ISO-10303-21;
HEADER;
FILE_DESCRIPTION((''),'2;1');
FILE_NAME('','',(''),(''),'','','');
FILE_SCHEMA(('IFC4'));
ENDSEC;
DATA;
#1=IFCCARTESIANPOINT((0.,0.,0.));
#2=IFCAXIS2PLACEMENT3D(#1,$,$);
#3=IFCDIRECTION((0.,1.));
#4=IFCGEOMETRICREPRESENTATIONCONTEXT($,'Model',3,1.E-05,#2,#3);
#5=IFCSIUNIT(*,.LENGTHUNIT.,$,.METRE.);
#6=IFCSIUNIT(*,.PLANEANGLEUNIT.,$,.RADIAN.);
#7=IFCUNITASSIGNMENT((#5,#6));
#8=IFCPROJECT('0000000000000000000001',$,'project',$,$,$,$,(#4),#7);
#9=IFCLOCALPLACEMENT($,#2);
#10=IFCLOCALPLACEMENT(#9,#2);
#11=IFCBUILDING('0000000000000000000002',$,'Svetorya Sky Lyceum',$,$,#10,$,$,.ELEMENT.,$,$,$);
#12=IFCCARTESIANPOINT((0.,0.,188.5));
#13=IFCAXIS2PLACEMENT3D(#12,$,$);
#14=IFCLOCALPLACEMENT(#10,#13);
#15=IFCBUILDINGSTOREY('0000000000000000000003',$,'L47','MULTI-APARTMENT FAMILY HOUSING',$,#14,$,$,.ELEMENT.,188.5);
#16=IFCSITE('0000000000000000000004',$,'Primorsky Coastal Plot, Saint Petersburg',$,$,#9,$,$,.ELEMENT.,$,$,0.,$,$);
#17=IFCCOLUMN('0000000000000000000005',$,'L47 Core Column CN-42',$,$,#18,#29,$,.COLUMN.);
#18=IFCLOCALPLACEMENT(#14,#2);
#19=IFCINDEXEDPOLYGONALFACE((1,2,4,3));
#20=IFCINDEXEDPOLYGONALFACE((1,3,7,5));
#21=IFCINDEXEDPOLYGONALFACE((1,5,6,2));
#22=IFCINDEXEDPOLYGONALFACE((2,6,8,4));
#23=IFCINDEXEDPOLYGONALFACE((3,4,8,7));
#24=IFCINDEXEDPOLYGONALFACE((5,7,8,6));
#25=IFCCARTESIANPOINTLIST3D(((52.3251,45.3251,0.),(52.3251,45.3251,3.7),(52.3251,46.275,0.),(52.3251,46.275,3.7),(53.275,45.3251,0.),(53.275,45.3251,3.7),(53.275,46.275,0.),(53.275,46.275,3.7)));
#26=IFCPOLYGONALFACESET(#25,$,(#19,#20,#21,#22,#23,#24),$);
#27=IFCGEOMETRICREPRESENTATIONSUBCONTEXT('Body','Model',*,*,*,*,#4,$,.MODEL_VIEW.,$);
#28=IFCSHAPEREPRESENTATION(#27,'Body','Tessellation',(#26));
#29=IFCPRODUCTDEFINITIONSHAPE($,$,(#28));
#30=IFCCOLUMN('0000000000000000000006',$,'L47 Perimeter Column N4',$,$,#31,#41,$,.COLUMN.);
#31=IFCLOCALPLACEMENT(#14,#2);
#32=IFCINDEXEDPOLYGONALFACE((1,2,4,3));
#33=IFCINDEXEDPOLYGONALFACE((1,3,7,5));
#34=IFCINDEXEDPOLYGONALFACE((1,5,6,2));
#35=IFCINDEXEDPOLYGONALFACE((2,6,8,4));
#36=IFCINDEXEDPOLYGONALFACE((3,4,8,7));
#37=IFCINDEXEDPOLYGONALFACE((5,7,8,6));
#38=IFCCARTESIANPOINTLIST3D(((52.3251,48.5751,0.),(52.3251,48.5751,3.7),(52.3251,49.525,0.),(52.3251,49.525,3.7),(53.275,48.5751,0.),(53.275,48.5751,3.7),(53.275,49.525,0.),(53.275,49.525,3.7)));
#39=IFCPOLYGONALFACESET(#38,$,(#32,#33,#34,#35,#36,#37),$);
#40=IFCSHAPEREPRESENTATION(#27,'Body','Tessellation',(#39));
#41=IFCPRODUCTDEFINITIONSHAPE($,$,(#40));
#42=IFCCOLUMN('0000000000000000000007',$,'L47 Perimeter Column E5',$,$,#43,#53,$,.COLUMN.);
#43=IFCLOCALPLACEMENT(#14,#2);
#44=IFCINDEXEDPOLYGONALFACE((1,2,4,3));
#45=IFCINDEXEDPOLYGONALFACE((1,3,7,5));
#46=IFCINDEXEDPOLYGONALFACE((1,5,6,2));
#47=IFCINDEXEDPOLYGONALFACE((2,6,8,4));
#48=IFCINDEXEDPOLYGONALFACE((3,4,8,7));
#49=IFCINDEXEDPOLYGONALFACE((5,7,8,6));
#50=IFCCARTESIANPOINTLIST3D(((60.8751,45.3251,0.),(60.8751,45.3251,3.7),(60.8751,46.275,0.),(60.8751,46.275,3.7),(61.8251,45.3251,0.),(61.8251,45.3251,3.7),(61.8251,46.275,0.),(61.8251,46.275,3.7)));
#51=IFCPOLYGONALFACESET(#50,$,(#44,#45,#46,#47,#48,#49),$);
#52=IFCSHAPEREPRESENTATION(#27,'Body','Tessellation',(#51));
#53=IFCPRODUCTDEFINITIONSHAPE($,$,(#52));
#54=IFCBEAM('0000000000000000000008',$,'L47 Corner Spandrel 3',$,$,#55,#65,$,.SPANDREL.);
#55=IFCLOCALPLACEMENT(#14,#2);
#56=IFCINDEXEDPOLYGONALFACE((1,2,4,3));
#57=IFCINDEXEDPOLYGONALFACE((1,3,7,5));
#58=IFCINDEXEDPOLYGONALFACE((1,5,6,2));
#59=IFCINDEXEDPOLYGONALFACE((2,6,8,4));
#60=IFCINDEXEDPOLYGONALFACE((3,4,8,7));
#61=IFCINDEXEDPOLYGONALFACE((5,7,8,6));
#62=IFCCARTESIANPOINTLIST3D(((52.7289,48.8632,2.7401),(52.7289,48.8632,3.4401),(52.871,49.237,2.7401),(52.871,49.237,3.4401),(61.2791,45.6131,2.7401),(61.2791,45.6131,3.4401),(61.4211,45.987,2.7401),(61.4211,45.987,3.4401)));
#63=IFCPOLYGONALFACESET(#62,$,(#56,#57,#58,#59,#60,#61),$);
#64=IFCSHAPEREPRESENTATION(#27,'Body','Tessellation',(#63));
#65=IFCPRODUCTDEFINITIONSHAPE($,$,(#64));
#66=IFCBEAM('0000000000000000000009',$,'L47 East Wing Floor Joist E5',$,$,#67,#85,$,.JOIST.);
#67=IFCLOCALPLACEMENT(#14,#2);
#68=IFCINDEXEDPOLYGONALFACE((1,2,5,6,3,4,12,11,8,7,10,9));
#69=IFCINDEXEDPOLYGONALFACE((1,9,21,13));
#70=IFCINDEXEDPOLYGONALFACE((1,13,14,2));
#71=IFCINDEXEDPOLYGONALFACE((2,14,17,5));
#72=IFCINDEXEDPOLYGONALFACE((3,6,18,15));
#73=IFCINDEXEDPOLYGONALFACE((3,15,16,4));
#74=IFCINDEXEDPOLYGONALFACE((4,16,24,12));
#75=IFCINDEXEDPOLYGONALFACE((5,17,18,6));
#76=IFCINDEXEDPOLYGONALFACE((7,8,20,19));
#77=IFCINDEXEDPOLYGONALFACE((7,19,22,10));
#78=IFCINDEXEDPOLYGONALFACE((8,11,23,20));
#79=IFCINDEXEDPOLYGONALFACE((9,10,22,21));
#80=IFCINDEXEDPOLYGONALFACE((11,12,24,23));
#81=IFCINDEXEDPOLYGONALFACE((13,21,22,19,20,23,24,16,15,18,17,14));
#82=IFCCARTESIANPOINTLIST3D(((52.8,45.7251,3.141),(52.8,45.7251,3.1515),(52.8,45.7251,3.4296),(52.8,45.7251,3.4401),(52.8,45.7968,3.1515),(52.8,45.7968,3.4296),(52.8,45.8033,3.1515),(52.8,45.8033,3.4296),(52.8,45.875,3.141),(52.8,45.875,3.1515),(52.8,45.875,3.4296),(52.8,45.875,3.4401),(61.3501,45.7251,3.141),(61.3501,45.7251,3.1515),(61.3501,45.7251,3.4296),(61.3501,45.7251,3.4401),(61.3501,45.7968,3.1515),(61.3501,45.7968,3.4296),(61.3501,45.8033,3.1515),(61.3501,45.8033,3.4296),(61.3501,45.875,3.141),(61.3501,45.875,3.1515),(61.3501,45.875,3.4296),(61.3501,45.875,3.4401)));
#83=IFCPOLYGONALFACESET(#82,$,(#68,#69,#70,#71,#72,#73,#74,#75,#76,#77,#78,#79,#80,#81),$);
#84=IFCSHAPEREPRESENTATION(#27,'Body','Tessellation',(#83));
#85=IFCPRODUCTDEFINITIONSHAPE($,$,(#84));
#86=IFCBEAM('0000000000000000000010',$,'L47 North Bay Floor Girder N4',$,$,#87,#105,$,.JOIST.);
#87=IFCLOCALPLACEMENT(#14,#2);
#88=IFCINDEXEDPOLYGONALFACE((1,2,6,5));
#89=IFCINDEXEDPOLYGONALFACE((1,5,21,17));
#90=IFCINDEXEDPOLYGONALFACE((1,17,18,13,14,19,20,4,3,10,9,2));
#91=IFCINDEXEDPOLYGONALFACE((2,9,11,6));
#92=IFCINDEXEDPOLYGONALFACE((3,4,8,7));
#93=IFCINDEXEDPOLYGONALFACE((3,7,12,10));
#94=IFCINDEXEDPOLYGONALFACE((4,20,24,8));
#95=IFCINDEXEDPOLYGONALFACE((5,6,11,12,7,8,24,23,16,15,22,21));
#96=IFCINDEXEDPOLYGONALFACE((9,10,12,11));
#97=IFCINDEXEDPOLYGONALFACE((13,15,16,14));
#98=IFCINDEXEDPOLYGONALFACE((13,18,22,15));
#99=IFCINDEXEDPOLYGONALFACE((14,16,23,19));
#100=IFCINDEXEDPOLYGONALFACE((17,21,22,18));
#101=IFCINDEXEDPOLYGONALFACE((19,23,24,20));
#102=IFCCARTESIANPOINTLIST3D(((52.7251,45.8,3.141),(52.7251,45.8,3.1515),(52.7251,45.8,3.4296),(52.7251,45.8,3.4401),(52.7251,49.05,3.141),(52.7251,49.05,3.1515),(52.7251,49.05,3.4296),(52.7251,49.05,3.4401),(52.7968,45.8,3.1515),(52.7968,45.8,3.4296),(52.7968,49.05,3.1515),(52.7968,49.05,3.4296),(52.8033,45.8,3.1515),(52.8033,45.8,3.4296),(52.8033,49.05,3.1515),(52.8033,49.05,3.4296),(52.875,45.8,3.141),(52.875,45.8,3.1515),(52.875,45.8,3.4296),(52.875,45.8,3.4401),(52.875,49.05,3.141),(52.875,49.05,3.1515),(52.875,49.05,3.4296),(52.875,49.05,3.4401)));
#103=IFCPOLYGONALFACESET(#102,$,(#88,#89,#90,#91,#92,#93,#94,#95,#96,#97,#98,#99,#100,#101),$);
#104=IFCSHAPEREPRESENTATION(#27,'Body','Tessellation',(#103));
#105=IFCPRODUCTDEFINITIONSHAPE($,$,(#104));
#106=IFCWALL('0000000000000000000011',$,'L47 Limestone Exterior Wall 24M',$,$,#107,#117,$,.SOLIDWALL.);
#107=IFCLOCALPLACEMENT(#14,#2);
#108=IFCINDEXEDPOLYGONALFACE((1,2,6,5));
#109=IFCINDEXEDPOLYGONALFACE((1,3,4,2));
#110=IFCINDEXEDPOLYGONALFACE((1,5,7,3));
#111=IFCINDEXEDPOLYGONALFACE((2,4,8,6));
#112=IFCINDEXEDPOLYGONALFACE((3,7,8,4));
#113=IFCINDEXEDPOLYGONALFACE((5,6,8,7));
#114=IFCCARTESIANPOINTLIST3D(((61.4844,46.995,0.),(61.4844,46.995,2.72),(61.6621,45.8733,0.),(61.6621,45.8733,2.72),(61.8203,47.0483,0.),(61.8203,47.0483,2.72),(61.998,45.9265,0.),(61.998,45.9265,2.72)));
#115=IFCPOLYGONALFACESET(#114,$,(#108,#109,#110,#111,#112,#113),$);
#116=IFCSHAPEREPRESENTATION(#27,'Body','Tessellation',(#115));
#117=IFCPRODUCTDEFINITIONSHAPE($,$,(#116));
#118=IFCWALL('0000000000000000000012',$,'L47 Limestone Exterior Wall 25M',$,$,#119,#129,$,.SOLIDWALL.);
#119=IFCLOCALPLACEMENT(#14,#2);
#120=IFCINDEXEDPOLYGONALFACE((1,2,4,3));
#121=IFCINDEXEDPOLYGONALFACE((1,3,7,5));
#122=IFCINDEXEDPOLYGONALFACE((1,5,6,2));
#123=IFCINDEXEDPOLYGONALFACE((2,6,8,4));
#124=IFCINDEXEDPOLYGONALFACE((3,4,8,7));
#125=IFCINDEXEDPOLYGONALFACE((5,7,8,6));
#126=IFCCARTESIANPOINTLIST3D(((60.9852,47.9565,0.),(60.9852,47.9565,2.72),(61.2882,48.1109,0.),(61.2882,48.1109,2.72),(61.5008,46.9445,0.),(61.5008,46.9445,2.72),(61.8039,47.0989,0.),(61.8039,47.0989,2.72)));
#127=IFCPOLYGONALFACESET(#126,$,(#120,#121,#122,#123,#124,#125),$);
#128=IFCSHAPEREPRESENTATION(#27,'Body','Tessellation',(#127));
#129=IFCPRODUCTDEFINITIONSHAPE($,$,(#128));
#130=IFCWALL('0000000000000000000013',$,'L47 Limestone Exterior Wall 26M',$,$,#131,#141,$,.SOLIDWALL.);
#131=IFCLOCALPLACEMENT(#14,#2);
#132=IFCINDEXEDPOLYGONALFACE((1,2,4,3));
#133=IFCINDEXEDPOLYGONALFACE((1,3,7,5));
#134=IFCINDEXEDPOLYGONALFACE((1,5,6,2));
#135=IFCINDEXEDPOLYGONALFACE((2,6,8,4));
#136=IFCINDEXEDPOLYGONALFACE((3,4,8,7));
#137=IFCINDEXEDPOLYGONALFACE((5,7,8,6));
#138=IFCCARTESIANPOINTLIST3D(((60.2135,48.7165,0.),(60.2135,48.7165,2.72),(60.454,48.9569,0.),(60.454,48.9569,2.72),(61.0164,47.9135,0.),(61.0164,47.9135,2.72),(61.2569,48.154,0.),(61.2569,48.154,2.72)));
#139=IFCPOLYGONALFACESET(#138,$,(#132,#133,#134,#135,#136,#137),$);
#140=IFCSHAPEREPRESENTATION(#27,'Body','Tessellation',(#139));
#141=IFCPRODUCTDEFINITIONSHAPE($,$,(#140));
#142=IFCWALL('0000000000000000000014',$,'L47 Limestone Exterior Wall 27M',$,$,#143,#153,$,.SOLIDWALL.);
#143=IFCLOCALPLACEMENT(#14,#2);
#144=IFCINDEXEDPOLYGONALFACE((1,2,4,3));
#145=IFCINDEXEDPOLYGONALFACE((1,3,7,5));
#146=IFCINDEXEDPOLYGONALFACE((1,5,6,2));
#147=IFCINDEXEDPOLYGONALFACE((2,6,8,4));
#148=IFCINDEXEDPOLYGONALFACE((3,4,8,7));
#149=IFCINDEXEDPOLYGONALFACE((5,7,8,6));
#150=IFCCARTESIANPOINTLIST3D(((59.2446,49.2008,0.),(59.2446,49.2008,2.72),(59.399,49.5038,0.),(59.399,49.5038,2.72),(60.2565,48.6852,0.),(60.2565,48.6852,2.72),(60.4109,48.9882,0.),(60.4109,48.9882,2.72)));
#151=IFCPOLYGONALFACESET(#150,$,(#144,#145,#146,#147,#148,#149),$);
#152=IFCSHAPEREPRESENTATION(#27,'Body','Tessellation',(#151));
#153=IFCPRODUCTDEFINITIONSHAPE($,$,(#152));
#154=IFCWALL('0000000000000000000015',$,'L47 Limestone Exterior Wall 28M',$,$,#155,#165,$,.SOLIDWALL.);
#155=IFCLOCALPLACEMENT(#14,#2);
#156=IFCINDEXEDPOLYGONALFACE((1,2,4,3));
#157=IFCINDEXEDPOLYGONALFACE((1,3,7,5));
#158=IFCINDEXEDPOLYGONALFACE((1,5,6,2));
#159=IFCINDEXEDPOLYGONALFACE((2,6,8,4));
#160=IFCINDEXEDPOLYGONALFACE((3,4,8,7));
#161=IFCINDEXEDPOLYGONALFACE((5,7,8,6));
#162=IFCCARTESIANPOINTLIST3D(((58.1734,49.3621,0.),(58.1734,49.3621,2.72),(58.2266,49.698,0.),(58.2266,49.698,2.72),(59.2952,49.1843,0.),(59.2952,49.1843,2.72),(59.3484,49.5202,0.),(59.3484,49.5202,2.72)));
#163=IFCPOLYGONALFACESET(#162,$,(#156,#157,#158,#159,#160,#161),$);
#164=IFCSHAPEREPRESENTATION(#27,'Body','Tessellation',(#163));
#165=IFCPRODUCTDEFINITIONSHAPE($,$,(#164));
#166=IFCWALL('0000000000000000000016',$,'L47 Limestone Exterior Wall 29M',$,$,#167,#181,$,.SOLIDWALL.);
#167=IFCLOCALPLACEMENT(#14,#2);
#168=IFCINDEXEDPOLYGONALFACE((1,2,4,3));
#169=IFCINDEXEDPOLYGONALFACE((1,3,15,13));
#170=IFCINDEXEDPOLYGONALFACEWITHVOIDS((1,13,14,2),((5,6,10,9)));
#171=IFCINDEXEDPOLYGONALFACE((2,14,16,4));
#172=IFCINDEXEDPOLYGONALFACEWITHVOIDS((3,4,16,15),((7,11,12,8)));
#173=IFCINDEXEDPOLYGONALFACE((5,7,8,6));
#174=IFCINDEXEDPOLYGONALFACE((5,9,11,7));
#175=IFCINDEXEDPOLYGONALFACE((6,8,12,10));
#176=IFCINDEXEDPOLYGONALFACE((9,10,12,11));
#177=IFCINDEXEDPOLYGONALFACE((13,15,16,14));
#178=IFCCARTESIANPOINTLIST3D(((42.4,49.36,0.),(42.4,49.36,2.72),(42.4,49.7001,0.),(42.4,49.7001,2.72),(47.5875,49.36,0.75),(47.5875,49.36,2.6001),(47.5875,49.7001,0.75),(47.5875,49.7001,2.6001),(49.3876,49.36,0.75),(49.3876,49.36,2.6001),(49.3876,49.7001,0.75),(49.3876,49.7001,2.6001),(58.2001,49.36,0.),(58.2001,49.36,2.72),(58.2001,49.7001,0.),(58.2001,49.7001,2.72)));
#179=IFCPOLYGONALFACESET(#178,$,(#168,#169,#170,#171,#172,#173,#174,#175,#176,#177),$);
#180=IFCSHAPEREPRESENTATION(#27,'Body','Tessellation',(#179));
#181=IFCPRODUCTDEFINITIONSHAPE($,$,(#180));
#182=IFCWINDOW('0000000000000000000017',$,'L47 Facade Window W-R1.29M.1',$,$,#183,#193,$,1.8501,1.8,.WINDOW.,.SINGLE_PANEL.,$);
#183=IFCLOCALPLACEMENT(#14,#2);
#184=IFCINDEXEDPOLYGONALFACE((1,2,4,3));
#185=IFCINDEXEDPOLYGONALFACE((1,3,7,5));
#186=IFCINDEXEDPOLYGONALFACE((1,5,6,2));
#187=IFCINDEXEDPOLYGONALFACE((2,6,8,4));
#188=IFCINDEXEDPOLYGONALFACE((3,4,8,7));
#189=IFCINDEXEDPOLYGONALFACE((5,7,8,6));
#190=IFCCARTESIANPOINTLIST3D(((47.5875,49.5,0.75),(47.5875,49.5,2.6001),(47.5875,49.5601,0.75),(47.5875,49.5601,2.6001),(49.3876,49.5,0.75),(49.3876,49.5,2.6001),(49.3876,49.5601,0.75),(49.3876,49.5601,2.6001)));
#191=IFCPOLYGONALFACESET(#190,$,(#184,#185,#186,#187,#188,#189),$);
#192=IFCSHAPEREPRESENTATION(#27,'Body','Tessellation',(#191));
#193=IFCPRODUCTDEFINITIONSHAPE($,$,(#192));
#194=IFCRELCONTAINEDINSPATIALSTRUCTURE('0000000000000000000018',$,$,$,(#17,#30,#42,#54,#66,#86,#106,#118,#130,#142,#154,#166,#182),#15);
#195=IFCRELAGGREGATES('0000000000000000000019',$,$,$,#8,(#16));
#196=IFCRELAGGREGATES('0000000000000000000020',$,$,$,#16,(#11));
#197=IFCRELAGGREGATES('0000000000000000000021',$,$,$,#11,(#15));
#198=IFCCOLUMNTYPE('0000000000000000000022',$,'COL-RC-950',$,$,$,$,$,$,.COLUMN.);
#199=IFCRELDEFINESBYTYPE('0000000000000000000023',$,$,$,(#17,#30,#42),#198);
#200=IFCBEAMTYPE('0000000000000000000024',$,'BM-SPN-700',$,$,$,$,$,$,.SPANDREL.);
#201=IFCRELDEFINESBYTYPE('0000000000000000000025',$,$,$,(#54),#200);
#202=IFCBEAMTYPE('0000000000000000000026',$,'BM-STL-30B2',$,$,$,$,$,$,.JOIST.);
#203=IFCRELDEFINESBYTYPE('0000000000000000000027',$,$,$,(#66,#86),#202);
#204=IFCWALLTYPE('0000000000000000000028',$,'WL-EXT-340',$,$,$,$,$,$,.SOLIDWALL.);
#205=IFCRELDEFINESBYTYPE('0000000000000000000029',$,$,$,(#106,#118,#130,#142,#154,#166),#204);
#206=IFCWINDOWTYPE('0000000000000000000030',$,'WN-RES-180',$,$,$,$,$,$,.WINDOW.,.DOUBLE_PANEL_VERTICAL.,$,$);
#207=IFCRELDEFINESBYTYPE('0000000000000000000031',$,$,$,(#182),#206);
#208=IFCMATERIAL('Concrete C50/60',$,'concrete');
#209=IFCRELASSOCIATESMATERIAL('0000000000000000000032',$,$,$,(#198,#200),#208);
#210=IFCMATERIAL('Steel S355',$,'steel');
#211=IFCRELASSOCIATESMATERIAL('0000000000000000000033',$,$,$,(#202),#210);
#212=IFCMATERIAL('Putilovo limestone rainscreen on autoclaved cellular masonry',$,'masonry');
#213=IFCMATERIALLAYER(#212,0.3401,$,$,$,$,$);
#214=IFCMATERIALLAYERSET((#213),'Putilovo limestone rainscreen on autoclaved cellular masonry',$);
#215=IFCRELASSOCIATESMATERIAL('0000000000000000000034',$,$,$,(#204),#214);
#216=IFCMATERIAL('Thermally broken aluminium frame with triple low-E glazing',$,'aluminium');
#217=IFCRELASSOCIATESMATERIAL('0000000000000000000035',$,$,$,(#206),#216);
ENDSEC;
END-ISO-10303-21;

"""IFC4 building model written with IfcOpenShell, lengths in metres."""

from ifc_helpers import new_model, si_unit, direction, frame, frame_2d, origin, origin_2d, place, context, subcontext, project, spatial, rectangle, i_section, extrude, material, layer, layer_set, material_profile, profile_set, type_object, element, fill, save


model = new_model("IFC4")

# Units and contexts
model_context = context("Model", 3, precision=1e-05, world=origin(), true_north=direction((0.0, 1.0)))
body_context = subcontext(model_context, "Body", "Model", "MODEL_VIEW")
ifc_project = project(units=[si_unit("LENGTHUNIT", "METRE"), si_unit("PLANEANGLEUNIT", "RADIAN")], contexts=[model_context])

# Site, building, storey
site_placement = place(None, origin())
site = spatial("IfcSite", under=ifc_project, at=site_placement, Name="Primorsky Coastal Plot, Saint Petersburg", CompositionType="ELEMENT", RefElevation=0.0)
building_placement = place(site_placement, origin())
building = spatial("IfcBuilding", under=site, at=building_placement, Name="Svetorya Sky Lyceum", CompositionType="ELEMENT")
storey_placement = place(building_placement, frame((0.0, 0.0, 188.5)))
storey = spatial("IfcBuildingStorey", under=building, at=storey_placement, Name="L47", Description="MULTI-APARTMENT FAMILY HOUSING", CompositionType="ELEMENT", Elevation=188.5)

# Columns
ifc_material_1 = material(Name="Concrete C50/60", Category="concrete")
ifc_material_profile_1 = material_profile(ifc_material_1, rectangle(XDim=0.95, YDim=0.95, at=origin_2d()), Name="RC COL 950x950")
ifc_profile_set_1 = profile_set([ifc_material_profile_1], Name="Concrete C50/60")
column_type = type_object("IfcColumnType", Name="COL-RC-950", PredefinedType="COLUMN", material=ifc_profile_set_1)
for number, where, z_axis, x_axis, name in (
    (1, (52.8, 45.8, 0.0), (0.0, 0.0, 1.0), (1.0, 0.0, 0.0), "L47 Core Column CN-42"),
    (2, (52.8, 49.05, 0.0), (0.0, 0.0, 1.0), (1.0, 0.0, 0.0), "L47 Perimeter Column N4"),
    (3, (61.3501, 45.8, 0.0), (0.0, 0.0, 1.0), (1.0, 0.0, 0.0), "L47 Perimeter Column E5"),
):
    element("IfcColumn", number, at=place(storey_placement, frame(where, z_axis=z_axis, x_axis=x_axis)), inside=storey, type_object=column_type, Name=name, PredefinedType="COLUMN", context=body_context, shape_type="SweptSolid", body=[
        extrude(rectangle(XDim=0.95, YDim=0.95, at=origin_2d()), origin(), (0.0, 0.0, 1.0), 3.7),
    ])

# Beams
ifc_material_profile_2 = material_profile(ifc_material_1, rectangle(XDim=0.3999, YDim=0.7, at=origin_2d()), Name="RC SPANDREL 400x700")
ifc_profile_set_2 = profile_set([ifc_material_profile_2], Name="Concrete C50/60")
beam_type_1 = type_object("IfcBeamType", Name="BM-SPN-700", PredefinedType="SPANDREL", material=ifc_profile_set_2)
beam_1_placement = place(storey_placement, frame((61.3501, 45.8, 3.0901), z_axis=(-0.934748, 0.355312, 0.0), x_axis=(-0.355312, -0.934748, 0.0)))
element("IfcBeam", 4, at=beam_1_placement, inside=storey, type_object=beam_type_1, Name="L47 Corner Spandrel 3", PredefinedType="SPANDREL", context=body_context, shape_type="SweptSolid", body=[
    extrude(rectangle(XDim=0.3999, YDim=0.7, at=origin_2d()), origin(), (0.0, 0.0, 1.0), 9.147),
])
ifc_material_2 = material(Name="Steel S355", Category="steel")
ifc_material_profile_3 = material_profile(ifc_material_2, i_section(OverallWidth=0.1499, OverallDepth=0.2991, WebThickness=0.0066, FlangeThickness=0.0105, at=origin_2d()), Name="GOST 30B2")
ifc_profile_set_3 = profile_set([ifc_material_profile_3], Name="Steel S355")
beam_type_2 = type_object("IfcBeamType", Name="BM-STL-30B2", PredefinedType="JOIST", material=ifc_profile_set_3)
beam_2_placement = place(storey_placement, frame((52.8, 45.8, 3.2905), z_axis=(1.0, 0.0, 0.0), x_axis=(0.0, 1.0, 0.0)))
element("IfcBeam", 5, at=beam_2_placement, inside=storey, type_object=beam_type_2, Name="L47 East Wing Floor Joist E5", PredefinedType="JOIST", context=body_context, shape_type="SweptSolid", body=[
    extrude(i_section(OverallWidth=0.1499, OverallDepth=0.2991, WebThickness=0.0066, FlangeThickness=0.0105, at=origin_2d()), origin(), (0.0, 0.0, 1.0), 8.55),
])
beam_3_placement = place(storey_placement, frame((52.8, 45.8, 3.2905), z_axis=(0.0, 1.0, 0.0), x_axis=(-1.0, 0.0, 0.0)))
element("IfcBeam", 6, at=beam_3_placement, inside=storey, type_object=beam_type_2, Name="L47 North Bay Floor Girder N4", PredefinedType="JOIST", context=body_context, shape_type="SweptSolid", body=[
    extrude(i_section(OverallWidth=0.1499, OverallDepth=0.2991, WebThickness=0.0066, FlangeThickness=0.0105, at=origin_2d()), origin(), (0.0, 0.0, 1.0), 3.25),
])

# Walls
ifc_material_3 = material(Name="Putilovo limestone rainscreen on autoclaved cellular masonry", Category="masonry")
ifc_layer_1 = layer(ifc_material_3, 0.3401)
ifc_layer_set_1 = layer_set([ifc_layer_1], Name="Putilovo limestone rainscreen on autoclaved cellular masonry")
wall_type_1 = type_object("IfcWallType", Name="WL-EXT-340", PredefinedType="SOLIDWALL", material=ifc_layer_set_1)
for number, where, z_axis, x_axis, name in (
    (7, (61.8301, 45.8999, 0.0), (0.0, 0.0, 1.0), (-0.156481, 0.987681, 0.0), "L47 Limestone Exterior Wall 24M"),
    (8, (61.6523, 47.0217, 0.0), (0.0, 0.0, 1.0), (-0.453993, 0.891005, 0.0), "L47 Limestone Exterior Wall 25M"),
):
    element("IfcWall", number, at=place(storey_placement, frame(where, z_axis=z_axis, x_axis=x_axis)), inside=storey, type_object=wall_type_1, Name=name, PredefinedType="SOLIDWALL", context=body_context, shape_type="SweptSolid", body=[
        extrude(rectangle(XDim=1.1357, YDim=0.3401, at=frame_2d((0.5679, 0.0))), origin(), (0.0, 0.0, 1.0), 2.72),
    ])
wall_1_placement = place(storey_placement, frame((61.1367, 48.0337, 0.0), z_axis=(0.0, 0.0, 1.0), x_axis=(-0.707107, 0.707107, 0.0)))
element("IfcWall", 9, at=wall_1_placement, inside=storey, type_object=wall_type_1, Name="L47 Limestone Exterior Wall 26M", PredefinedType="SOLIDWALL", context=body_context, shape_type="SweptSolid", body=[
    extrude(rectangle(XDim=1.1355, YDim=0.3401, at=frame_2d((0.5679, 0.0))), origin(), (0.0, 0.0, 1.0), 2.72),
])
for number, where, z_axis, x_axis, name in (
    (10, (60.3337, 48.8367, 0.0), (0.0, 0.0, 1.0), (-0.891005, 0.453993, 0.0), "L47 Limestone Exterior Wall 27M"),
    (11, (59.3218, 49.3523, 0.0), (0.0, 0.0, 1.0), (-0.987681, 0.156481, 0.0), "L47 Limestone Exterior Wall 28M"),
):
    element("IfcWall", number, at=place(storey_placement, frame(where, z_axis=z_axis, x_axis=x_axis)), inside=storey, type_object=wall_type_1, Name=name, PredefinedType="SOLIDWALL", context=body_context, shape_type="SweptSolid", body=[
        extrude(rectangle(XDim=1.1357, YDim=0.3401, at=frame_2d((0.5679, 0.0))), origin(), (0.0, 0.0, 1.0), 2.72),
    ])

# Wall, opening, window
wall_2_placement = place(storey_placement, frame((58.2, 49.53, 0.0), z_axis=(0.0, 0.0, 1.0), x_axis=(-1.0, 0.0, 0.0)))
wall_2 = element("IfcWall", 12, at=wall_2_placement, inside=storey, type_object=wall_type_1, Name="L47 Limestone Exterior Wall 29M", PredefinedType="SOLIDWALL", context=body_context, shape_type="SweptSolid", body=[
    extrude(rectangle(XDim=15.8, YDim=0.3401, at=frame_2d((7.8999, 0.0))), origin(), (0.0, 0.0, 1.0), 2.72),
])
opening_1_placement = place(wall_2_placement, frame((8.8125, 0.0, 0.75)))
opening_1 = element("IfcOpeningElement", 13, at=opening_1_placement, cuts=wall_2, PredefinedType="OPENING", context=body_context, shape_type="SweptSolid", body=[
    extrude(rectangle(XDim=1.8, YDim=1.8501, at=frame_2d((0.8999, 0.925))), frame((0.0, 0.1799, 0.0), z_axis=(0.0, -1.0, 0.0), x_axis=(1.0, 0.0, 0.0)), (0.0, 0.0, 1.0), 0.3601),
])
ifc_material_4 = material(Name="Thermally broken aluminium frame with triple low-E glazing", Category="aluminium")
window_type = type_object("IfcWindowType", Name="WN-RES-180", PartitioningType="DOUBLE_PANEL_VERTICAL", PredefinedType="WINDOW", material=ifc_material_4)
window_placement = place(opening_1_placement, origin())
window = element("IfcWindow", 14, at=window_placement, inside=storey, type_object=window_type, Name="L47 Facade Window W-R1.29M.1", OverallHeight=1.8501, OverallWidth=1.8, PartitioningType="SINGLE_PANEL", PredefinedType="WINDOW", context=body_context, shape_type="SweptSolid", body=[
    extrude(rectangle(XDim=1.8, YDim=1.8501, at=frame_2d((0.8999, 0.925))), frame((0.0, 0.03, 0.0), z_axis=(0.0, -1.0, 0.0), x_axis=(1.0, 0.0, 0.0)), (0.0, 0.0, 1.0), 0.0601),
])
fill(opening_1, window)

save(model, "model.ifc")
